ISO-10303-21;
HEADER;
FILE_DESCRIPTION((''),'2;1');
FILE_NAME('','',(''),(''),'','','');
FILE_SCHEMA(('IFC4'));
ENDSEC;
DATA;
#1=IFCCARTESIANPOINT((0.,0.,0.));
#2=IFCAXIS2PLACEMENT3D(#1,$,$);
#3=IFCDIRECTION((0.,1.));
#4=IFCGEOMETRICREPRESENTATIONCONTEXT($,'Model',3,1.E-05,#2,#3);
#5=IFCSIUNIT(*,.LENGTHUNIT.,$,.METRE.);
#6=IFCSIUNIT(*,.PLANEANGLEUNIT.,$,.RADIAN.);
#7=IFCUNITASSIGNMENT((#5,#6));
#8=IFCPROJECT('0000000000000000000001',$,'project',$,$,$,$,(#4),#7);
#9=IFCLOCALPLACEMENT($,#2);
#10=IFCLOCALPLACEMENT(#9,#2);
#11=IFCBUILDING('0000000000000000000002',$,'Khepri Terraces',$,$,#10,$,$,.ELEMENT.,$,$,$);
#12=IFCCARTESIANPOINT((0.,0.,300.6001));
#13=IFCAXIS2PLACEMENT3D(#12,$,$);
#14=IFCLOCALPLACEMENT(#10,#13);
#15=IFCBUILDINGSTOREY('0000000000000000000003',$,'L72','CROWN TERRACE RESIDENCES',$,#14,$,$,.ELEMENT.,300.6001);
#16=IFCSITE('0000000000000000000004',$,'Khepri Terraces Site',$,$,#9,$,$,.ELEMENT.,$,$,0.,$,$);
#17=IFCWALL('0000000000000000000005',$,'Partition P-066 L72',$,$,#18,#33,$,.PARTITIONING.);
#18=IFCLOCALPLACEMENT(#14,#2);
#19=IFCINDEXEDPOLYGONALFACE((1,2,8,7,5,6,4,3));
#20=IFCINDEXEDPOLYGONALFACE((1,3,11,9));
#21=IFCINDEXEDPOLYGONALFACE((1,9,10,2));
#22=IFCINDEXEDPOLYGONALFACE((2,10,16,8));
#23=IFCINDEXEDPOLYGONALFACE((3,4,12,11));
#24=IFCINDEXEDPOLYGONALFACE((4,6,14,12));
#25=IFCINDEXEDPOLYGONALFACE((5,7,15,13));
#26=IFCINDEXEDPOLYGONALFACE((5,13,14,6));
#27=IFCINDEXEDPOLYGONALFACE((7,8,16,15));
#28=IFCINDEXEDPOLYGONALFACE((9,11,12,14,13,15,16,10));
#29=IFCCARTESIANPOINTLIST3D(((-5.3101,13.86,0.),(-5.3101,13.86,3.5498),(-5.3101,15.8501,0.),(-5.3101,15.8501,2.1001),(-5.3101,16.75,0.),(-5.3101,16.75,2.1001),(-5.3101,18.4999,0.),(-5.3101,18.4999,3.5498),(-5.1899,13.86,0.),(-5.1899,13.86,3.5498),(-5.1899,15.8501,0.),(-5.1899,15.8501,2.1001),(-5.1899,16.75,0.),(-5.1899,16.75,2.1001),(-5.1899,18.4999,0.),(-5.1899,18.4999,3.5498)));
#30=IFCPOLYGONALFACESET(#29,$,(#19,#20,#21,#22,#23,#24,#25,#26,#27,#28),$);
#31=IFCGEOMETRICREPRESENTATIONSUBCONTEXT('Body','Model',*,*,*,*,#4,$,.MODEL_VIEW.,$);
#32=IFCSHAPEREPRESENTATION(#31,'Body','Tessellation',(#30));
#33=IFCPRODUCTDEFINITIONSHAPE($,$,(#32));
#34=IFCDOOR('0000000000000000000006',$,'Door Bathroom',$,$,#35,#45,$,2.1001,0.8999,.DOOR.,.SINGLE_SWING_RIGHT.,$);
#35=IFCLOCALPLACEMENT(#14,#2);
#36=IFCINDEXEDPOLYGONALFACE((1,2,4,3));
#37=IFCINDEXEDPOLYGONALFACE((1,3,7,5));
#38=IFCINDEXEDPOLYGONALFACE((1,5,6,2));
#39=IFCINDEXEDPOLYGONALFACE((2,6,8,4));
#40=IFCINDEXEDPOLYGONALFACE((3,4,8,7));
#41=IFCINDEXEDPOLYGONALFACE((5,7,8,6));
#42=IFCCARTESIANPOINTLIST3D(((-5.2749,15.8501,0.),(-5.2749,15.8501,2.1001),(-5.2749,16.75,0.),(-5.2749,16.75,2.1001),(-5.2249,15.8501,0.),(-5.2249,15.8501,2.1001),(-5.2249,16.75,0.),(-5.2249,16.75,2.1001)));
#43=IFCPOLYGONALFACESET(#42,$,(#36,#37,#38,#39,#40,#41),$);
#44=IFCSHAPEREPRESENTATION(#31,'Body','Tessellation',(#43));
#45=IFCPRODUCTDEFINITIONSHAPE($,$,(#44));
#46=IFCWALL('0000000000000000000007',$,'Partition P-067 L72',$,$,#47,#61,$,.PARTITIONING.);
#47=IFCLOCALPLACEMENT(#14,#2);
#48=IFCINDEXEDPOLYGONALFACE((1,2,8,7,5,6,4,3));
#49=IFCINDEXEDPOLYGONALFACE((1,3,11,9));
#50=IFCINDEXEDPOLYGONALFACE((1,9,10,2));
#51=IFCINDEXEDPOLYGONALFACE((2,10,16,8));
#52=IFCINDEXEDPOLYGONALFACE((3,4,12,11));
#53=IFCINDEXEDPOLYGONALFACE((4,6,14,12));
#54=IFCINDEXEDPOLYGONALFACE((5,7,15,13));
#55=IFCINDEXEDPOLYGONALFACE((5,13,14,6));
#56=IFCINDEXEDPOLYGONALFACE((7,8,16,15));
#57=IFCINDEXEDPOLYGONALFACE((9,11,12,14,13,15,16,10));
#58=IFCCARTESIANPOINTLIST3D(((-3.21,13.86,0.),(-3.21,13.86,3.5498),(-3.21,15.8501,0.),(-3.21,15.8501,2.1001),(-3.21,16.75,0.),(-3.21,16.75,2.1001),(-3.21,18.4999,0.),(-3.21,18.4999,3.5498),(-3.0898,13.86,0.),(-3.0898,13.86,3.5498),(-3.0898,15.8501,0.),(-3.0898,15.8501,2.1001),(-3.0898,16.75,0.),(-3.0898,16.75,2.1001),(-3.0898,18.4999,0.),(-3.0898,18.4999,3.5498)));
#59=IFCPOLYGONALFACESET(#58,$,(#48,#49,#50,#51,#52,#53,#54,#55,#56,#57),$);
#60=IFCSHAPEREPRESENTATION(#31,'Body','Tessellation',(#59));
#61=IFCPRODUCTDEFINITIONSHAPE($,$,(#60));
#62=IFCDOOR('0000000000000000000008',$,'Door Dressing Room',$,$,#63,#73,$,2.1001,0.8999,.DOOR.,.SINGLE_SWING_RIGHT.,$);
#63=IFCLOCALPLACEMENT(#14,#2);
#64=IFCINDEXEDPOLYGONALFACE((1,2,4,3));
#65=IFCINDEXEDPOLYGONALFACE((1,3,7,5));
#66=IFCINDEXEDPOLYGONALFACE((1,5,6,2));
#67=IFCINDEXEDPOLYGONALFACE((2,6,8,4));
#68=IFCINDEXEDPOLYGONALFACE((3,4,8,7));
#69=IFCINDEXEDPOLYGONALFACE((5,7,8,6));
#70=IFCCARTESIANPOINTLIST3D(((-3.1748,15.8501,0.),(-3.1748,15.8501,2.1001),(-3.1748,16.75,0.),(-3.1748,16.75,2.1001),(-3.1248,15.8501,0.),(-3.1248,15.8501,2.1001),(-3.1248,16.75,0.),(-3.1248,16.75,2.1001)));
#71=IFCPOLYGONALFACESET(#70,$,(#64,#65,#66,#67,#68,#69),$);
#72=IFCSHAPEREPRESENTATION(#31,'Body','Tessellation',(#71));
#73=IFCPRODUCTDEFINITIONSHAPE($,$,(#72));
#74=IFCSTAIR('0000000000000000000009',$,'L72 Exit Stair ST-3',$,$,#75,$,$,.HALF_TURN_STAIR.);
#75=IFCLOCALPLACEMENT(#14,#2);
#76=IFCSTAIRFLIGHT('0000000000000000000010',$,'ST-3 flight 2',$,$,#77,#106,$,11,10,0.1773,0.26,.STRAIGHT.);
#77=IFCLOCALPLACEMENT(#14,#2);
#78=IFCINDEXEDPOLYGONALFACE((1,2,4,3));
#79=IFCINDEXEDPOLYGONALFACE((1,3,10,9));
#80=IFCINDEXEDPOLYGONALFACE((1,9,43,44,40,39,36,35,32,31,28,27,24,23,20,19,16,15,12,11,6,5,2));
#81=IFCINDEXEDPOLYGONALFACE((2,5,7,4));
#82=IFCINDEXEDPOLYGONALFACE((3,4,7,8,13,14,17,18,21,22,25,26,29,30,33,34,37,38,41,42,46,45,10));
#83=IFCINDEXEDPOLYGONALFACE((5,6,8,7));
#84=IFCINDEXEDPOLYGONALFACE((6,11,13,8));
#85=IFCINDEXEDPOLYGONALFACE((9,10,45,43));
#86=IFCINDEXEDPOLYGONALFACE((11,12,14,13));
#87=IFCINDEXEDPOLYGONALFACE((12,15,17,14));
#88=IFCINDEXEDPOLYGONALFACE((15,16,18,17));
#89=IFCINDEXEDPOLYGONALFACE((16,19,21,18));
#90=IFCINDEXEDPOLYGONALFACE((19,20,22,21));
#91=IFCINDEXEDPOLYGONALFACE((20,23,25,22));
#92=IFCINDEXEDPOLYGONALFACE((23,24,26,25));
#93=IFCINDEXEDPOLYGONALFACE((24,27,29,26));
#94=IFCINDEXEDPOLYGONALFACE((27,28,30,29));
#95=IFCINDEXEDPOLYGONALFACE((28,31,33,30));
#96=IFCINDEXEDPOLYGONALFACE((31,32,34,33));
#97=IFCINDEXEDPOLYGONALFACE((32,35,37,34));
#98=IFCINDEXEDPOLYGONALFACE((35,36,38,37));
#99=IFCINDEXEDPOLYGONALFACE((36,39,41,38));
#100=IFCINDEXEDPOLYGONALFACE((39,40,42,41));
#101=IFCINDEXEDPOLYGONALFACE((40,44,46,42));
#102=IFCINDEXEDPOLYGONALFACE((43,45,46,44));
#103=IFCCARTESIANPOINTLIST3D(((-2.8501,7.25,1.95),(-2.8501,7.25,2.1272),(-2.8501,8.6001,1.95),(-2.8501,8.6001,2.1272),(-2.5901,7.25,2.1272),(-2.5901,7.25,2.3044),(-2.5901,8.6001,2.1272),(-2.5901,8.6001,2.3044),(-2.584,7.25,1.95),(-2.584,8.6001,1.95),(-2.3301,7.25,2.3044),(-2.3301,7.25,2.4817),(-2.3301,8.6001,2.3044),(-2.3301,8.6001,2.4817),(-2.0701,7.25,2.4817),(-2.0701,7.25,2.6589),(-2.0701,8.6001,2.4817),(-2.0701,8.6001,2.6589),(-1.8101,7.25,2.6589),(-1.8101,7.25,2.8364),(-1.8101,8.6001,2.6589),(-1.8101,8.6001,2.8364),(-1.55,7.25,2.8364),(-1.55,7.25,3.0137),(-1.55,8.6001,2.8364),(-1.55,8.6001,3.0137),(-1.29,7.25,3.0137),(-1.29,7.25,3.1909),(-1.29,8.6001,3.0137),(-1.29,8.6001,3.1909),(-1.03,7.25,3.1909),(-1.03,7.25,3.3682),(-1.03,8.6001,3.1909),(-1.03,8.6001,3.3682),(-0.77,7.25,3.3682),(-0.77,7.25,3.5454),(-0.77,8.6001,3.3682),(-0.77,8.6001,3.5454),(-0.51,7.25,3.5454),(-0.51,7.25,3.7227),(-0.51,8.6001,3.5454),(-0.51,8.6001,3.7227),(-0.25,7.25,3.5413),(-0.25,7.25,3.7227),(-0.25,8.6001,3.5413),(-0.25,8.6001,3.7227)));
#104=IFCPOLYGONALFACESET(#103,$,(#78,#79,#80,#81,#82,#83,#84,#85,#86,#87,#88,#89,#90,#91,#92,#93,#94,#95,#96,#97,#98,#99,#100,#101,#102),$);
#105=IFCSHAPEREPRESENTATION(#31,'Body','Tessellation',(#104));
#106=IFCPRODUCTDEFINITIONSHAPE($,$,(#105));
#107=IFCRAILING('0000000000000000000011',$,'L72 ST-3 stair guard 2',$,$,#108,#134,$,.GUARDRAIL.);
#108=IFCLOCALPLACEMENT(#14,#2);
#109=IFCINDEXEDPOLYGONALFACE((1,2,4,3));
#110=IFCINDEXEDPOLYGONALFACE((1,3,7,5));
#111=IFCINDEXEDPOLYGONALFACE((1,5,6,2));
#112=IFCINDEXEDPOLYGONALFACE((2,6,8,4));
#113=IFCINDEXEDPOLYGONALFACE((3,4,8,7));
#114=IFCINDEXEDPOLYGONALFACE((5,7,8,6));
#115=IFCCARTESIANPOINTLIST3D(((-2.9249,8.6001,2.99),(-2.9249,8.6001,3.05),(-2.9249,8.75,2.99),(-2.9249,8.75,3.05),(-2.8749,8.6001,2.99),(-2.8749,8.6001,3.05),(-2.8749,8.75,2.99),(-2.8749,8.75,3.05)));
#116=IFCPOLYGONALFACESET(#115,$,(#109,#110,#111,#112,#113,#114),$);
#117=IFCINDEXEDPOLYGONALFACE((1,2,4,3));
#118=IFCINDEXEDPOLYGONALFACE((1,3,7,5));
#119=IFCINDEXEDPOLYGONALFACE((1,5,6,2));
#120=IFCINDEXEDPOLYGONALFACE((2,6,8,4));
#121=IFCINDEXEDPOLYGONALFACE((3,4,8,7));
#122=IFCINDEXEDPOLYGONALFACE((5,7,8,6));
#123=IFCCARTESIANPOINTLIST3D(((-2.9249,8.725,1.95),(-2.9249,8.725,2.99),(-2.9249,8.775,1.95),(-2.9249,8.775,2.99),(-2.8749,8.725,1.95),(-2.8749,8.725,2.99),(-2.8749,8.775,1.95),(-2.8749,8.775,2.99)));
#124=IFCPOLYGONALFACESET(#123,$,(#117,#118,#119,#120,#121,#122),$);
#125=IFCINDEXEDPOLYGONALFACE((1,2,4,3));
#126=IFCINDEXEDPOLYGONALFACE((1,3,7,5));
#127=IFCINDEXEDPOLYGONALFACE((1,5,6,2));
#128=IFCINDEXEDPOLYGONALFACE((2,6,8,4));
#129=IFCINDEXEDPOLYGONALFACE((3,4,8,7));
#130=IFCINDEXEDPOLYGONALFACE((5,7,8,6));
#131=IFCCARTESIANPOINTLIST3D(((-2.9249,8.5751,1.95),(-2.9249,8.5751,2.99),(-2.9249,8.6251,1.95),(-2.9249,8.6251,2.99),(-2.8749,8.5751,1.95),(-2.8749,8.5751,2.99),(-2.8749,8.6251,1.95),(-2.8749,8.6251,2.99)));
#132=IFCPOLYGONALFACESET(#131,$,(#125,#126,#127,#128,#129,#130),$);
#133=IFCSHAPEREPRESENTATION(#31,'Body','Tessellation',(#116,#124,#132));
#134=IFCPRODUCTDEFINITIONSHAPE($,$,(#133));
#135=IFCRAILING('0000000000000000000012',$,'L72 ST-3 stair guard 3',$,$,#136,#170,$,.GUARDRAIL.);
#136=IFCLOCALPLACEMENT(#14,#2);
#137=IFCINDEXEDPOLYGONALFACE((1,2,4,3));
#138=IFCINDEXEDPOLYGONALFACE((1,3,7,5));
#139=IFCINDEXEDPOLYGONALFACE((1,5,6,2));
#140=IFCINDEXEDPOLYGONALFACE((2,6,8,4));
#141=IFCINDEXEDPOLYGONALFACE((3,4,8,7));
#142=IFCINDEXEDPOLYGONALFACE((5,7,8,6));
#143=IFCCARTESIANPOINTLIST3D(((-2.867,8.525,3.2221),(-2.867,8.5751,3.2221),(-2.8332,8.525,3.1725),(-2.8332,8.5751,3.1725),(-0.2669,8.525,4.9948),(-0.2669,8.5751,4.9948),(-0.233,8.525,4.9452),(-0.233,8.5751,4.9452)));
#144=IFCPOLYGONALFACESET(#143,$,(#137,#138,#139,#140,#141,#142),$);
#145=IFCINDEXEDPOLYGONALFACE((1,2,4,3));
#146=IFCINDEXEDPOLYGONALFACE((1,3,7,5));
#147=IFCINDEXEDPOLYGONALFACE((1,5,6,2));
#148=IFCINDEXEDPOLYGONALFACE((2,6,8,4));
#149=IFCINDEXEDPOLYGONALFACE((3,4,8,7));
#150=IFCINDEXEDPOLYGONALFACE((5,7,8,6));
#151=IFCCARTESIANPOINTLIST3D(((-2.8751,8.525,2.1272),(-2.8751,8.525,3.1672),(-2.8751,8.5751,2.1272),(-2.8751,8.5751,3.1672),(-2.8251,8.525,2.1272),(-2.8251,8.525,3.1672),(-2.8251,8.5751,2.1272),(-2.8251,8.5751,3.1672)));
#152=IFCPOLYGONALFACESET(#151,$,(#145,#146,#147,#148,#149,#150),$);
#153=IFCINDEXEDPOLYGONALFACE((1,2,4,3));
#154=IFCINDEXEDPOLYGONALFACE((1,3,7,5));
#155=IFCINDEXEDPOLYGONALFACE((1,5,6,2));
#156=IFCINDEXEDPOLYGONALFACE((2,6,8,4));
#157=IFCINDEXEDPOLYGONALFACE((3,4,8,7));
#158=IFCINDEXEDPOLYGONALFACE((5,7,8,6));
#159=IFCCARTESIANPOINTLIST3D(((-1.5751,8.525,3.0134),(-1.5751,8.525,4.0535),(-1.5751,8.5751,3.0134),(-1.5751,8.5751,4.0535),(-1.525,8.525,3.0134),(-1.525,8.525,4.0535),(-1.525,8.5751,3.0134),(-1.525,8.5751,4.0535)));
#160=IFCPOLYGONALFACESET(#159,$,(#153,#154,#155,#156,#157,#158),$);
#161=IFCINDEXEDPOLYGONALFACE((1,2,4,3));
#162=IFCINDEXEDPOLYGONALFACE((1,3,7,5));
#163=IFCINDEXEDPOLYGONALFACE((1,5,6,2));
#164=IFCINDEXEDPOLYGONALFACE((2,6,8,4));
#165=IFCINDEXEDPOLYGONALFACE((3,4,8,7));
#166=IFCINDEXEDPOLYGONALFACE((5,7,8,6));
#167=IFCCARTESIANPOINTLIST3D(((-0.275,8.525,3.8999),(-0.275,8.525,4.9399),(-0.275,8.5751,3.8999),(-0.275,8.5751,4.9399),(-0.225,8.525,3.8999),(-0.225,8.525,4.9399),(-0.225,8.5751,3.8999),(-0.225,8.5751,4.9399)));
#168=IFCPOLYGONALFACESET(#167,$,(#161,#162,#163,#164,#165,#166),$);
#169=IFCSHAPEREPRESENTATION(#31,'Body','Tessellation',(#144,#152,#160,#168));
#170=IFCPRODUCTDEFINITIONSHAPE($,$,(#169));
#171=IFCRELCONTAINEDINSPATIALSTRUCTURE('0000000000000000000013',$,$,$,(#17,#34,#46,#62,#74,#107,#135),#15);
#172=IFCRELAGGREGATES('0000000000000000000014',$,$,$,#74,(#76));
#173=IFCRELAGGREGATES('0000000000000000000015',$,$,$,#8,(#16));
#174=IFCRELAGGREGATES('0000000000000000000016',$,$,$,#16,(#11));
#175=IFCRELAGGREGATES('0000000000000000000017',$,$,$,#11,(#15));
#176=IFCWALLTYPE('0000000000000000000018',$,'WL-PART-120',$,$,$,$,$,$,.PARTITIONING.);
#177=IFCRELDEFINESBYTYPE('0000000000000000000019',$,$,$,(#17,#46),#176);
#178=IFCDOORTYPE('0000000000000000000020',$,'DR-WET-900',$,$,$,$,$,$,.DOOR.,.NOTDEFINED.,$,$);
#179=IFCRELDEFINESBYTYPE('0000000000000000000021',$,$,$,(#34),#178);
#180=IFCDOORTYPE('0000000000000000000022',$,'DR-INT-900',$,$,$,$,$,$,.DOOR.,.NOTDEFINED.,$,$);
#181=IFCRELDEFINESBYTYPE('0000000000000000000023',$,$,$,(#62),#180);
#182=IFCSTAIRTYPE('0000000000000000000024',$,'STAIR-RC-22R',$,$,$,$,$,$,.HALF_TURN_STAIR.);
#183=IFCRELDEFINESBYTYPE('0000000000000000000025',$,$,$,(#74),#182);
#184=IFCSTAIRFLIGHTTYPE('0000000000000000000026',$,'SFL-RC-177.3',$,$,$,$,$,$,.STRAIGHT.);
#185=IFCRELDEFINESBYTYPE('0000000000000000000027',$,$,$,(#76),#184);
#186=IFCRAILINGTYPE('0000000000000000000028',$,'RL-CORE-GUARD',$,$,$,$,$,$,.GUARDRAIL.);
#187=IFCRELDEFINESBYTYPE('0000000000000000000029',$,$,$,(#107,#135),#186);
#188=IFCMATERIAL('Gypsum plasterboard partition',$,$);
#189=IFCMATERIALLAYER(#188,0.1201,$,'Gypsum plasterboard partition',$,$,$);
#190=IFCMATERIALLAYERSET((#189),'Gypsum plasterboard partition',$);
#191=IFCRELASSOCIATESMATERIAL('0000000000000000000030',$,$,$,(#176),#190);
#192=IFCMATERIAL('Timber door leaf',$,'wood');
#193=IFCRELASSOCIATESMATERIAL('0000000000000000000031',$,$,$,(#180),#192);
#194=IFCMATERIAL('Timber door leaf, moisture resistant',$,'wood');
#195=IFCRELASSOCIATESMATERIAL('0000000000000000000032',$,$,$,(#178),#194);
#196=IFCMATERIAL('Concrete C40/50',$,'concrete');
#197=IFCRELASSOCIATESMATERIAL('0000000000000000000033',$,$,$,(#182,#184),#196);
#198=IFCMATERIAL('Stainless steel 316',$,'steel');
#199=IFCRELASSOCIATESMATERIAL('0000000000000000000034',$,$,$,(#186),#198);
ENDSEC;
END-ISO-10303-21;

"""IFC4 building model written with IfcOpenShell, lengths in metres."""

from ifc_helpers import new_model, si_unit, direction, frame, frame_2d, origin, origin_2d, place, context, subcontext, project, spatial, polyline, rectangle, outline, extrude, material, layer, layer_set, type_object, element, fill, aggregate, save


model = new_model("IFC4")

# Units and contexts
model_context = context("Model", 3, precision=1e-05, world=origin(), true_north=direction((0.0, 1.0)))
body_context = subcontext(model_context, "Body", "Model", "MODEL_VIEW")
ifc_project = project(units=[si_unit("LENGTHUNIT", "METRE"), si_unit("PLANEANGLEUNIT", "RADIAN")], contexts=[model_context])

# Site, building, storey
site_placement = place(None, origin())
site = spatial("IfcSite", under=ifc_project, at=site_placement, Name="Khepri Terraces Site", CompositionType="ELEMENT", RefElevation=0.0)
building_placement = place(site_placement, origin())
building = spatial("IfcBuilding", under=site, at=building_placement, Name="Khepri Terraces", CompositionType="ELEMENT")
storey_placement = place(building_placement, frame((0.0, 0.0, 300.6001)))
storey = spatial("IfcBuildingStorey", under=building, at=storey_placement, Name="L72", Description="CROWN TERRACE RESIDENCES", CompositionType="ELEMENT", Elevation=300.6001)

# Shared definitions
ifc_material_1 = material(Name="Concrete C40/50", Category="concrete")
ifc_material_2 = material(Name="Gypsum plasterboard partition")
ifc_layer_1 = layer(ifc_material_2, 0.1201, Name="Gypsum plasterboard partition")
ifc_layer_set_1 = layer_set([ifc_layer_1], Name="Gypsum plasterboard partition")
wall_type_1 = type_object("IfcWallType", Name="WL-PART-120", PredefinedType="PARTITIONING", material=ifc_layer_set_1)

# Shared definitions
ifc_material_3 = material(Name="Timber door leaf", Category="wood")
door_type_1 = type_object("IfcDoorType", Name="DR-INT-900", OperationType="NOTDEFINED", PredefinedType="DOOR", material=ifc_material_3)
ifc_material_4 = material(Name="Timber door leaf, moisture resistant", Category="wood")
door_type_2 = type_object("IfcDoorType", Name="DR-WET-900", OperationType="NOTDEFINED", PredefinedType="DOOR", material=ifc_material_4)

# Walls, openings, doors
wall_1_placement = place(storey_placement, frame((-5.25, 13.8601, 0.0), z_axis=(0.0, 0.0, 1.0), x_axis=(0.0, 1.0, 0.0)))
wall_1 = element("IfcWall", 1, at=wall_1_placement, inside=storey, type_object=wall_type_1, Name="Partition P-066 L72", PredefinedType="PARTITIONING", context=body_context, shape_type="SweptSolid", body=[
    extrude(rectangle(XDim=4.6399, YDim=0.1201, at=frame_2d((2.3198, 0.0))), origin(), (0.0, 0.0, 1.0), 3.5498),
])
opening_1_placement = place(wall_1_placement, frame((1.99, 0.0, 0.0)))
opening_1 = element("IfcOpeningElement", 2, at=opening_1_placement, cuts=wall_1, PredefinedType="OPENING", context=body_context, shape_type="SweptSolid", body=[
    extrude(rectangle(XDim=0.8999, YDim=2.1001, at=frame_2d((0.45, 1.05))), frame((0.0, 0.0701, 0.0), z_axis=(0.0, -1.0, 0.0), x_axis=(1.0, 0.0, 0.0)), (0.0, 0.0, 1.0), 0.1401),
])
door_1_placement = place(opening_1_placement, origin())
door_1 = element("IfcDoor", 3, at=door_1_placement, inside=storey, type_object=door_type_2, Name="Door Bathroom", OperationType="SINGLE_SWING_RIGHT", OverallHeight=2.1001, OverallWidth=0.8999, PredefinedType="DOOR", context=body_context, shape_type="SweptSolid", body=[
    extrude(rectangle(XDim=0.8999, YDim=2.1001, at=frame_2d((0.45, 1.05))), frame((0.0, 0.0249, 0.0), z_axis=(0.0, -1.0, 0.0), x_axis=(1.0, 0.0, 0.0)), (0.0, 0.0, 1.0), 0.05),
])
fill(opening_1, door_1)
wall_2_placement = place(storey_placement, frame((-3.1499, 13.8601, 0.0), z_axis=(0.0, 0.0, 1.0), x_axis=(0.0, 1.0, 0.0)))
wall_2 = element("IfcWall", 4, at=wall_2_placement, inside=storey, type_object=wall_type_1, Name="Partition P-067 L72", PredefinedType="PARTITIONING", context=body_context, shape_type="SweptSolid", body=[
    extrude(rectangle(XDim=4.6399, YDim=0.1201, at=frame_2d((2.3198, 0.0))), origin(), (0.0, 0.0, 1.0), 3.5498),
])
opening_2_placement = place(wall_2_placement, frame((1.99, 0.0, 0.0)))
opening_2 = element("IfcOpeningElement", 5, at=opening_2_placement, cuts=wall_2, PredefinedType="OPENING", context=body_context, shape_type="SweptSolid", body=[
    extrude(rectangle(XDim=0.8999, YDim=2.1001, at=frame_2d((0.45, 1.05))), frame((0.0, 0.0701, 0.0), z_axis=(0.0, -1.0, 0.0), x_axis=(1.0, 0.0, 0.0)), (0.0, 0.0, 1.0), 0.1401),
])
door_2_placement = place(opening_2_placement, origin())
door_2 = element("IfcDoor", 6, at=door_2_placement, inside=storey, type_object=door_type_1, Name="Door Dressing Room", OperationType="SINGLE_SWING_RIGHT", OverallHeight=2.1001, OverallWidth=0.8999, PredefinedType="DOOR", context=body_context, shape_type="SweptSolid", body=[
    extrude(rectangle(XDim=0.8999, YDim=2.1001, at=frame_2d((0.45, 1.05))), frame((0.0, 0.0249, 0.0), z_axis=(0.0, -1.0, 0.0), x_axis=(1.0, 0.0, 0.0)), (0.0, 0.0, 1.0), 0.05),
])
fill(opening_2, door_2)

# Stair, stair flight
stair_type = type_object("IfcStairType", Name="STAIR-RC-22R", PredefinedType="HALF_TURN_STAIR", material=ifc_material_1)
stair_placement = place(storey_placement, origin())
stair = element("IfcStair", 7, at=stair_placement, inside=storey, type_object=stair_type, Name="L72 Exit Stair ST-3", PredefinedType="HALF_TURN_STAIR")
stair_flight_type = type_object("IfcStairFlightType", Name="SFL-RC-177.3", PredefinedType="STRAIGHT", material=ifc_material_1)
stair_flight_placement = place(storey_placement, frame((-2.8501, 7.925, 1.95), z_axis=(0.0, 0.0, 1.0), x_axis=(1.0, 0.0, 0.0)))
stair_flight = element("IfcStairFlight", 8, at=stair_flight_placement, type_object=stair_flight_type, Name="ST-3 flight 2", NumberOfRisers=11, NumberOfTreads=10, PredefinedType="STRAIGHT", RiserHeight=0.1773, TreadLength=0.26, context=body_context, shape_type="SweptSolid", body=[
    extrude(outline(polyline([(0.0, 0.0), (0.0, 0.1772), (0.26, 0.1772), (0.26, 0.3545), (0.52, 0.3545), (0.52, 0.5317), (0.78, 0.5317), (0.78, 0.709), (1.04, 0.709), (1.04, 0.8865), (1.3, 0.8865), (1.3, 1.0637), (1.5601, 1.0637), (1.5601, 1.241), (1.8201, 1.241), (1.8201, 1.4182), (2.0801, 1.4182), (2.0801, 1.5955), (2.3401, 1.5955), (2.3401, 1.7727), (2.6001, 1.7727), (2.6001, 1.95), (2.6001, 1.5913), (0.2661, 0.0), (0.0, 0.0)])), frame((0.0, 0.675, 0.0), z_axis=(0.0, -1.0, 0.0), x_axis=(1.0, 0.0, 0.0)), (0.0, 0.0, 1.0), 1.3501),
])
aggregate(stair, [stair_flight])

# Railings
ifc_material_5 = material(Name="Stainless steel 316", Category="steel")
railing_type = type_object("IfcRailingType", Name="RL-CORE-GUARD", PredefinedType="GUARDRAIL", material=ifc_material_5)
railing_1_placement = place(storey_placement, frame((-2.8999, 8.75, 1.95)))
element("IfcRailing", 9, at=railing_1_placement, inside=storey, type_object=railing_type, Name="L72 ST-3 stair guard 2", PredefinedType="GUARDRAIL", context=body_context, shape_type="SweptSolid", body=[
    extrude(rectangle(XDim=0.05, YDim=0.0601, at=origin_2d()), frame((0.0, 0.0, 1.0701), z_axis=(0.0, -1.0, 0.0), x_axis=(1.0, 0.0, 0.0)), (0.0, 0.0, 1.0), 0.1499),
    extrude(rectangle(XDim=0.05, YDim=0.05, at=origin_2d()), origin(), (0.0, 0.0, 1.0), 1.04),
    extrude(rectangle(XDim=0.05, YDim=0.05, at=origin_2d()), frame((0.0, -0.1499, 0.0)), (0.0, 0.0, 1.0), 1.04),
])
railing_2_placement = place(storey_placement, frame((-2.8501, 8.55, 2.1272)))
element("IfcRailing", 10, at=railing_2_placement, inside=storey, type_object=railing_type, Name="L72 ST-3 stair guard 3", PredefinedType="GUARDRAIL", context=body_context, shape_type="SweptSolid", body=[
    extrude(rectangle(XDim=0.05, YDim=0.0601, at=origin_2d()), frame((0.0, 0.0, 1.0701), z_axis=(0.82624, 0.0, 0.563318), x_axis=(0.0, 1.0, 0.0)), (0.0, 0.0, 1.0), 3.147),
    extrude(rectangle(XDim=0.05, YDim=0.05, at=origin_2d()), origin(), (0.0, 0.0, 1.0), 1.04),
    extrude(rectangle(XDim=0.05, YDim=0.05, at=origin_2d()), frame((1.3, 0.0, 0.8862)), (0.0, 0.0, 1.0), 1.04),
    extrude(rectangle(XDim=0.05, YDim=0.05, at=origin_2d()), frame((2.6001, 0.0, 1.7727)), (0.0, 0.0, 1.0), 1.04),
])

save(model, "model.ifc")
